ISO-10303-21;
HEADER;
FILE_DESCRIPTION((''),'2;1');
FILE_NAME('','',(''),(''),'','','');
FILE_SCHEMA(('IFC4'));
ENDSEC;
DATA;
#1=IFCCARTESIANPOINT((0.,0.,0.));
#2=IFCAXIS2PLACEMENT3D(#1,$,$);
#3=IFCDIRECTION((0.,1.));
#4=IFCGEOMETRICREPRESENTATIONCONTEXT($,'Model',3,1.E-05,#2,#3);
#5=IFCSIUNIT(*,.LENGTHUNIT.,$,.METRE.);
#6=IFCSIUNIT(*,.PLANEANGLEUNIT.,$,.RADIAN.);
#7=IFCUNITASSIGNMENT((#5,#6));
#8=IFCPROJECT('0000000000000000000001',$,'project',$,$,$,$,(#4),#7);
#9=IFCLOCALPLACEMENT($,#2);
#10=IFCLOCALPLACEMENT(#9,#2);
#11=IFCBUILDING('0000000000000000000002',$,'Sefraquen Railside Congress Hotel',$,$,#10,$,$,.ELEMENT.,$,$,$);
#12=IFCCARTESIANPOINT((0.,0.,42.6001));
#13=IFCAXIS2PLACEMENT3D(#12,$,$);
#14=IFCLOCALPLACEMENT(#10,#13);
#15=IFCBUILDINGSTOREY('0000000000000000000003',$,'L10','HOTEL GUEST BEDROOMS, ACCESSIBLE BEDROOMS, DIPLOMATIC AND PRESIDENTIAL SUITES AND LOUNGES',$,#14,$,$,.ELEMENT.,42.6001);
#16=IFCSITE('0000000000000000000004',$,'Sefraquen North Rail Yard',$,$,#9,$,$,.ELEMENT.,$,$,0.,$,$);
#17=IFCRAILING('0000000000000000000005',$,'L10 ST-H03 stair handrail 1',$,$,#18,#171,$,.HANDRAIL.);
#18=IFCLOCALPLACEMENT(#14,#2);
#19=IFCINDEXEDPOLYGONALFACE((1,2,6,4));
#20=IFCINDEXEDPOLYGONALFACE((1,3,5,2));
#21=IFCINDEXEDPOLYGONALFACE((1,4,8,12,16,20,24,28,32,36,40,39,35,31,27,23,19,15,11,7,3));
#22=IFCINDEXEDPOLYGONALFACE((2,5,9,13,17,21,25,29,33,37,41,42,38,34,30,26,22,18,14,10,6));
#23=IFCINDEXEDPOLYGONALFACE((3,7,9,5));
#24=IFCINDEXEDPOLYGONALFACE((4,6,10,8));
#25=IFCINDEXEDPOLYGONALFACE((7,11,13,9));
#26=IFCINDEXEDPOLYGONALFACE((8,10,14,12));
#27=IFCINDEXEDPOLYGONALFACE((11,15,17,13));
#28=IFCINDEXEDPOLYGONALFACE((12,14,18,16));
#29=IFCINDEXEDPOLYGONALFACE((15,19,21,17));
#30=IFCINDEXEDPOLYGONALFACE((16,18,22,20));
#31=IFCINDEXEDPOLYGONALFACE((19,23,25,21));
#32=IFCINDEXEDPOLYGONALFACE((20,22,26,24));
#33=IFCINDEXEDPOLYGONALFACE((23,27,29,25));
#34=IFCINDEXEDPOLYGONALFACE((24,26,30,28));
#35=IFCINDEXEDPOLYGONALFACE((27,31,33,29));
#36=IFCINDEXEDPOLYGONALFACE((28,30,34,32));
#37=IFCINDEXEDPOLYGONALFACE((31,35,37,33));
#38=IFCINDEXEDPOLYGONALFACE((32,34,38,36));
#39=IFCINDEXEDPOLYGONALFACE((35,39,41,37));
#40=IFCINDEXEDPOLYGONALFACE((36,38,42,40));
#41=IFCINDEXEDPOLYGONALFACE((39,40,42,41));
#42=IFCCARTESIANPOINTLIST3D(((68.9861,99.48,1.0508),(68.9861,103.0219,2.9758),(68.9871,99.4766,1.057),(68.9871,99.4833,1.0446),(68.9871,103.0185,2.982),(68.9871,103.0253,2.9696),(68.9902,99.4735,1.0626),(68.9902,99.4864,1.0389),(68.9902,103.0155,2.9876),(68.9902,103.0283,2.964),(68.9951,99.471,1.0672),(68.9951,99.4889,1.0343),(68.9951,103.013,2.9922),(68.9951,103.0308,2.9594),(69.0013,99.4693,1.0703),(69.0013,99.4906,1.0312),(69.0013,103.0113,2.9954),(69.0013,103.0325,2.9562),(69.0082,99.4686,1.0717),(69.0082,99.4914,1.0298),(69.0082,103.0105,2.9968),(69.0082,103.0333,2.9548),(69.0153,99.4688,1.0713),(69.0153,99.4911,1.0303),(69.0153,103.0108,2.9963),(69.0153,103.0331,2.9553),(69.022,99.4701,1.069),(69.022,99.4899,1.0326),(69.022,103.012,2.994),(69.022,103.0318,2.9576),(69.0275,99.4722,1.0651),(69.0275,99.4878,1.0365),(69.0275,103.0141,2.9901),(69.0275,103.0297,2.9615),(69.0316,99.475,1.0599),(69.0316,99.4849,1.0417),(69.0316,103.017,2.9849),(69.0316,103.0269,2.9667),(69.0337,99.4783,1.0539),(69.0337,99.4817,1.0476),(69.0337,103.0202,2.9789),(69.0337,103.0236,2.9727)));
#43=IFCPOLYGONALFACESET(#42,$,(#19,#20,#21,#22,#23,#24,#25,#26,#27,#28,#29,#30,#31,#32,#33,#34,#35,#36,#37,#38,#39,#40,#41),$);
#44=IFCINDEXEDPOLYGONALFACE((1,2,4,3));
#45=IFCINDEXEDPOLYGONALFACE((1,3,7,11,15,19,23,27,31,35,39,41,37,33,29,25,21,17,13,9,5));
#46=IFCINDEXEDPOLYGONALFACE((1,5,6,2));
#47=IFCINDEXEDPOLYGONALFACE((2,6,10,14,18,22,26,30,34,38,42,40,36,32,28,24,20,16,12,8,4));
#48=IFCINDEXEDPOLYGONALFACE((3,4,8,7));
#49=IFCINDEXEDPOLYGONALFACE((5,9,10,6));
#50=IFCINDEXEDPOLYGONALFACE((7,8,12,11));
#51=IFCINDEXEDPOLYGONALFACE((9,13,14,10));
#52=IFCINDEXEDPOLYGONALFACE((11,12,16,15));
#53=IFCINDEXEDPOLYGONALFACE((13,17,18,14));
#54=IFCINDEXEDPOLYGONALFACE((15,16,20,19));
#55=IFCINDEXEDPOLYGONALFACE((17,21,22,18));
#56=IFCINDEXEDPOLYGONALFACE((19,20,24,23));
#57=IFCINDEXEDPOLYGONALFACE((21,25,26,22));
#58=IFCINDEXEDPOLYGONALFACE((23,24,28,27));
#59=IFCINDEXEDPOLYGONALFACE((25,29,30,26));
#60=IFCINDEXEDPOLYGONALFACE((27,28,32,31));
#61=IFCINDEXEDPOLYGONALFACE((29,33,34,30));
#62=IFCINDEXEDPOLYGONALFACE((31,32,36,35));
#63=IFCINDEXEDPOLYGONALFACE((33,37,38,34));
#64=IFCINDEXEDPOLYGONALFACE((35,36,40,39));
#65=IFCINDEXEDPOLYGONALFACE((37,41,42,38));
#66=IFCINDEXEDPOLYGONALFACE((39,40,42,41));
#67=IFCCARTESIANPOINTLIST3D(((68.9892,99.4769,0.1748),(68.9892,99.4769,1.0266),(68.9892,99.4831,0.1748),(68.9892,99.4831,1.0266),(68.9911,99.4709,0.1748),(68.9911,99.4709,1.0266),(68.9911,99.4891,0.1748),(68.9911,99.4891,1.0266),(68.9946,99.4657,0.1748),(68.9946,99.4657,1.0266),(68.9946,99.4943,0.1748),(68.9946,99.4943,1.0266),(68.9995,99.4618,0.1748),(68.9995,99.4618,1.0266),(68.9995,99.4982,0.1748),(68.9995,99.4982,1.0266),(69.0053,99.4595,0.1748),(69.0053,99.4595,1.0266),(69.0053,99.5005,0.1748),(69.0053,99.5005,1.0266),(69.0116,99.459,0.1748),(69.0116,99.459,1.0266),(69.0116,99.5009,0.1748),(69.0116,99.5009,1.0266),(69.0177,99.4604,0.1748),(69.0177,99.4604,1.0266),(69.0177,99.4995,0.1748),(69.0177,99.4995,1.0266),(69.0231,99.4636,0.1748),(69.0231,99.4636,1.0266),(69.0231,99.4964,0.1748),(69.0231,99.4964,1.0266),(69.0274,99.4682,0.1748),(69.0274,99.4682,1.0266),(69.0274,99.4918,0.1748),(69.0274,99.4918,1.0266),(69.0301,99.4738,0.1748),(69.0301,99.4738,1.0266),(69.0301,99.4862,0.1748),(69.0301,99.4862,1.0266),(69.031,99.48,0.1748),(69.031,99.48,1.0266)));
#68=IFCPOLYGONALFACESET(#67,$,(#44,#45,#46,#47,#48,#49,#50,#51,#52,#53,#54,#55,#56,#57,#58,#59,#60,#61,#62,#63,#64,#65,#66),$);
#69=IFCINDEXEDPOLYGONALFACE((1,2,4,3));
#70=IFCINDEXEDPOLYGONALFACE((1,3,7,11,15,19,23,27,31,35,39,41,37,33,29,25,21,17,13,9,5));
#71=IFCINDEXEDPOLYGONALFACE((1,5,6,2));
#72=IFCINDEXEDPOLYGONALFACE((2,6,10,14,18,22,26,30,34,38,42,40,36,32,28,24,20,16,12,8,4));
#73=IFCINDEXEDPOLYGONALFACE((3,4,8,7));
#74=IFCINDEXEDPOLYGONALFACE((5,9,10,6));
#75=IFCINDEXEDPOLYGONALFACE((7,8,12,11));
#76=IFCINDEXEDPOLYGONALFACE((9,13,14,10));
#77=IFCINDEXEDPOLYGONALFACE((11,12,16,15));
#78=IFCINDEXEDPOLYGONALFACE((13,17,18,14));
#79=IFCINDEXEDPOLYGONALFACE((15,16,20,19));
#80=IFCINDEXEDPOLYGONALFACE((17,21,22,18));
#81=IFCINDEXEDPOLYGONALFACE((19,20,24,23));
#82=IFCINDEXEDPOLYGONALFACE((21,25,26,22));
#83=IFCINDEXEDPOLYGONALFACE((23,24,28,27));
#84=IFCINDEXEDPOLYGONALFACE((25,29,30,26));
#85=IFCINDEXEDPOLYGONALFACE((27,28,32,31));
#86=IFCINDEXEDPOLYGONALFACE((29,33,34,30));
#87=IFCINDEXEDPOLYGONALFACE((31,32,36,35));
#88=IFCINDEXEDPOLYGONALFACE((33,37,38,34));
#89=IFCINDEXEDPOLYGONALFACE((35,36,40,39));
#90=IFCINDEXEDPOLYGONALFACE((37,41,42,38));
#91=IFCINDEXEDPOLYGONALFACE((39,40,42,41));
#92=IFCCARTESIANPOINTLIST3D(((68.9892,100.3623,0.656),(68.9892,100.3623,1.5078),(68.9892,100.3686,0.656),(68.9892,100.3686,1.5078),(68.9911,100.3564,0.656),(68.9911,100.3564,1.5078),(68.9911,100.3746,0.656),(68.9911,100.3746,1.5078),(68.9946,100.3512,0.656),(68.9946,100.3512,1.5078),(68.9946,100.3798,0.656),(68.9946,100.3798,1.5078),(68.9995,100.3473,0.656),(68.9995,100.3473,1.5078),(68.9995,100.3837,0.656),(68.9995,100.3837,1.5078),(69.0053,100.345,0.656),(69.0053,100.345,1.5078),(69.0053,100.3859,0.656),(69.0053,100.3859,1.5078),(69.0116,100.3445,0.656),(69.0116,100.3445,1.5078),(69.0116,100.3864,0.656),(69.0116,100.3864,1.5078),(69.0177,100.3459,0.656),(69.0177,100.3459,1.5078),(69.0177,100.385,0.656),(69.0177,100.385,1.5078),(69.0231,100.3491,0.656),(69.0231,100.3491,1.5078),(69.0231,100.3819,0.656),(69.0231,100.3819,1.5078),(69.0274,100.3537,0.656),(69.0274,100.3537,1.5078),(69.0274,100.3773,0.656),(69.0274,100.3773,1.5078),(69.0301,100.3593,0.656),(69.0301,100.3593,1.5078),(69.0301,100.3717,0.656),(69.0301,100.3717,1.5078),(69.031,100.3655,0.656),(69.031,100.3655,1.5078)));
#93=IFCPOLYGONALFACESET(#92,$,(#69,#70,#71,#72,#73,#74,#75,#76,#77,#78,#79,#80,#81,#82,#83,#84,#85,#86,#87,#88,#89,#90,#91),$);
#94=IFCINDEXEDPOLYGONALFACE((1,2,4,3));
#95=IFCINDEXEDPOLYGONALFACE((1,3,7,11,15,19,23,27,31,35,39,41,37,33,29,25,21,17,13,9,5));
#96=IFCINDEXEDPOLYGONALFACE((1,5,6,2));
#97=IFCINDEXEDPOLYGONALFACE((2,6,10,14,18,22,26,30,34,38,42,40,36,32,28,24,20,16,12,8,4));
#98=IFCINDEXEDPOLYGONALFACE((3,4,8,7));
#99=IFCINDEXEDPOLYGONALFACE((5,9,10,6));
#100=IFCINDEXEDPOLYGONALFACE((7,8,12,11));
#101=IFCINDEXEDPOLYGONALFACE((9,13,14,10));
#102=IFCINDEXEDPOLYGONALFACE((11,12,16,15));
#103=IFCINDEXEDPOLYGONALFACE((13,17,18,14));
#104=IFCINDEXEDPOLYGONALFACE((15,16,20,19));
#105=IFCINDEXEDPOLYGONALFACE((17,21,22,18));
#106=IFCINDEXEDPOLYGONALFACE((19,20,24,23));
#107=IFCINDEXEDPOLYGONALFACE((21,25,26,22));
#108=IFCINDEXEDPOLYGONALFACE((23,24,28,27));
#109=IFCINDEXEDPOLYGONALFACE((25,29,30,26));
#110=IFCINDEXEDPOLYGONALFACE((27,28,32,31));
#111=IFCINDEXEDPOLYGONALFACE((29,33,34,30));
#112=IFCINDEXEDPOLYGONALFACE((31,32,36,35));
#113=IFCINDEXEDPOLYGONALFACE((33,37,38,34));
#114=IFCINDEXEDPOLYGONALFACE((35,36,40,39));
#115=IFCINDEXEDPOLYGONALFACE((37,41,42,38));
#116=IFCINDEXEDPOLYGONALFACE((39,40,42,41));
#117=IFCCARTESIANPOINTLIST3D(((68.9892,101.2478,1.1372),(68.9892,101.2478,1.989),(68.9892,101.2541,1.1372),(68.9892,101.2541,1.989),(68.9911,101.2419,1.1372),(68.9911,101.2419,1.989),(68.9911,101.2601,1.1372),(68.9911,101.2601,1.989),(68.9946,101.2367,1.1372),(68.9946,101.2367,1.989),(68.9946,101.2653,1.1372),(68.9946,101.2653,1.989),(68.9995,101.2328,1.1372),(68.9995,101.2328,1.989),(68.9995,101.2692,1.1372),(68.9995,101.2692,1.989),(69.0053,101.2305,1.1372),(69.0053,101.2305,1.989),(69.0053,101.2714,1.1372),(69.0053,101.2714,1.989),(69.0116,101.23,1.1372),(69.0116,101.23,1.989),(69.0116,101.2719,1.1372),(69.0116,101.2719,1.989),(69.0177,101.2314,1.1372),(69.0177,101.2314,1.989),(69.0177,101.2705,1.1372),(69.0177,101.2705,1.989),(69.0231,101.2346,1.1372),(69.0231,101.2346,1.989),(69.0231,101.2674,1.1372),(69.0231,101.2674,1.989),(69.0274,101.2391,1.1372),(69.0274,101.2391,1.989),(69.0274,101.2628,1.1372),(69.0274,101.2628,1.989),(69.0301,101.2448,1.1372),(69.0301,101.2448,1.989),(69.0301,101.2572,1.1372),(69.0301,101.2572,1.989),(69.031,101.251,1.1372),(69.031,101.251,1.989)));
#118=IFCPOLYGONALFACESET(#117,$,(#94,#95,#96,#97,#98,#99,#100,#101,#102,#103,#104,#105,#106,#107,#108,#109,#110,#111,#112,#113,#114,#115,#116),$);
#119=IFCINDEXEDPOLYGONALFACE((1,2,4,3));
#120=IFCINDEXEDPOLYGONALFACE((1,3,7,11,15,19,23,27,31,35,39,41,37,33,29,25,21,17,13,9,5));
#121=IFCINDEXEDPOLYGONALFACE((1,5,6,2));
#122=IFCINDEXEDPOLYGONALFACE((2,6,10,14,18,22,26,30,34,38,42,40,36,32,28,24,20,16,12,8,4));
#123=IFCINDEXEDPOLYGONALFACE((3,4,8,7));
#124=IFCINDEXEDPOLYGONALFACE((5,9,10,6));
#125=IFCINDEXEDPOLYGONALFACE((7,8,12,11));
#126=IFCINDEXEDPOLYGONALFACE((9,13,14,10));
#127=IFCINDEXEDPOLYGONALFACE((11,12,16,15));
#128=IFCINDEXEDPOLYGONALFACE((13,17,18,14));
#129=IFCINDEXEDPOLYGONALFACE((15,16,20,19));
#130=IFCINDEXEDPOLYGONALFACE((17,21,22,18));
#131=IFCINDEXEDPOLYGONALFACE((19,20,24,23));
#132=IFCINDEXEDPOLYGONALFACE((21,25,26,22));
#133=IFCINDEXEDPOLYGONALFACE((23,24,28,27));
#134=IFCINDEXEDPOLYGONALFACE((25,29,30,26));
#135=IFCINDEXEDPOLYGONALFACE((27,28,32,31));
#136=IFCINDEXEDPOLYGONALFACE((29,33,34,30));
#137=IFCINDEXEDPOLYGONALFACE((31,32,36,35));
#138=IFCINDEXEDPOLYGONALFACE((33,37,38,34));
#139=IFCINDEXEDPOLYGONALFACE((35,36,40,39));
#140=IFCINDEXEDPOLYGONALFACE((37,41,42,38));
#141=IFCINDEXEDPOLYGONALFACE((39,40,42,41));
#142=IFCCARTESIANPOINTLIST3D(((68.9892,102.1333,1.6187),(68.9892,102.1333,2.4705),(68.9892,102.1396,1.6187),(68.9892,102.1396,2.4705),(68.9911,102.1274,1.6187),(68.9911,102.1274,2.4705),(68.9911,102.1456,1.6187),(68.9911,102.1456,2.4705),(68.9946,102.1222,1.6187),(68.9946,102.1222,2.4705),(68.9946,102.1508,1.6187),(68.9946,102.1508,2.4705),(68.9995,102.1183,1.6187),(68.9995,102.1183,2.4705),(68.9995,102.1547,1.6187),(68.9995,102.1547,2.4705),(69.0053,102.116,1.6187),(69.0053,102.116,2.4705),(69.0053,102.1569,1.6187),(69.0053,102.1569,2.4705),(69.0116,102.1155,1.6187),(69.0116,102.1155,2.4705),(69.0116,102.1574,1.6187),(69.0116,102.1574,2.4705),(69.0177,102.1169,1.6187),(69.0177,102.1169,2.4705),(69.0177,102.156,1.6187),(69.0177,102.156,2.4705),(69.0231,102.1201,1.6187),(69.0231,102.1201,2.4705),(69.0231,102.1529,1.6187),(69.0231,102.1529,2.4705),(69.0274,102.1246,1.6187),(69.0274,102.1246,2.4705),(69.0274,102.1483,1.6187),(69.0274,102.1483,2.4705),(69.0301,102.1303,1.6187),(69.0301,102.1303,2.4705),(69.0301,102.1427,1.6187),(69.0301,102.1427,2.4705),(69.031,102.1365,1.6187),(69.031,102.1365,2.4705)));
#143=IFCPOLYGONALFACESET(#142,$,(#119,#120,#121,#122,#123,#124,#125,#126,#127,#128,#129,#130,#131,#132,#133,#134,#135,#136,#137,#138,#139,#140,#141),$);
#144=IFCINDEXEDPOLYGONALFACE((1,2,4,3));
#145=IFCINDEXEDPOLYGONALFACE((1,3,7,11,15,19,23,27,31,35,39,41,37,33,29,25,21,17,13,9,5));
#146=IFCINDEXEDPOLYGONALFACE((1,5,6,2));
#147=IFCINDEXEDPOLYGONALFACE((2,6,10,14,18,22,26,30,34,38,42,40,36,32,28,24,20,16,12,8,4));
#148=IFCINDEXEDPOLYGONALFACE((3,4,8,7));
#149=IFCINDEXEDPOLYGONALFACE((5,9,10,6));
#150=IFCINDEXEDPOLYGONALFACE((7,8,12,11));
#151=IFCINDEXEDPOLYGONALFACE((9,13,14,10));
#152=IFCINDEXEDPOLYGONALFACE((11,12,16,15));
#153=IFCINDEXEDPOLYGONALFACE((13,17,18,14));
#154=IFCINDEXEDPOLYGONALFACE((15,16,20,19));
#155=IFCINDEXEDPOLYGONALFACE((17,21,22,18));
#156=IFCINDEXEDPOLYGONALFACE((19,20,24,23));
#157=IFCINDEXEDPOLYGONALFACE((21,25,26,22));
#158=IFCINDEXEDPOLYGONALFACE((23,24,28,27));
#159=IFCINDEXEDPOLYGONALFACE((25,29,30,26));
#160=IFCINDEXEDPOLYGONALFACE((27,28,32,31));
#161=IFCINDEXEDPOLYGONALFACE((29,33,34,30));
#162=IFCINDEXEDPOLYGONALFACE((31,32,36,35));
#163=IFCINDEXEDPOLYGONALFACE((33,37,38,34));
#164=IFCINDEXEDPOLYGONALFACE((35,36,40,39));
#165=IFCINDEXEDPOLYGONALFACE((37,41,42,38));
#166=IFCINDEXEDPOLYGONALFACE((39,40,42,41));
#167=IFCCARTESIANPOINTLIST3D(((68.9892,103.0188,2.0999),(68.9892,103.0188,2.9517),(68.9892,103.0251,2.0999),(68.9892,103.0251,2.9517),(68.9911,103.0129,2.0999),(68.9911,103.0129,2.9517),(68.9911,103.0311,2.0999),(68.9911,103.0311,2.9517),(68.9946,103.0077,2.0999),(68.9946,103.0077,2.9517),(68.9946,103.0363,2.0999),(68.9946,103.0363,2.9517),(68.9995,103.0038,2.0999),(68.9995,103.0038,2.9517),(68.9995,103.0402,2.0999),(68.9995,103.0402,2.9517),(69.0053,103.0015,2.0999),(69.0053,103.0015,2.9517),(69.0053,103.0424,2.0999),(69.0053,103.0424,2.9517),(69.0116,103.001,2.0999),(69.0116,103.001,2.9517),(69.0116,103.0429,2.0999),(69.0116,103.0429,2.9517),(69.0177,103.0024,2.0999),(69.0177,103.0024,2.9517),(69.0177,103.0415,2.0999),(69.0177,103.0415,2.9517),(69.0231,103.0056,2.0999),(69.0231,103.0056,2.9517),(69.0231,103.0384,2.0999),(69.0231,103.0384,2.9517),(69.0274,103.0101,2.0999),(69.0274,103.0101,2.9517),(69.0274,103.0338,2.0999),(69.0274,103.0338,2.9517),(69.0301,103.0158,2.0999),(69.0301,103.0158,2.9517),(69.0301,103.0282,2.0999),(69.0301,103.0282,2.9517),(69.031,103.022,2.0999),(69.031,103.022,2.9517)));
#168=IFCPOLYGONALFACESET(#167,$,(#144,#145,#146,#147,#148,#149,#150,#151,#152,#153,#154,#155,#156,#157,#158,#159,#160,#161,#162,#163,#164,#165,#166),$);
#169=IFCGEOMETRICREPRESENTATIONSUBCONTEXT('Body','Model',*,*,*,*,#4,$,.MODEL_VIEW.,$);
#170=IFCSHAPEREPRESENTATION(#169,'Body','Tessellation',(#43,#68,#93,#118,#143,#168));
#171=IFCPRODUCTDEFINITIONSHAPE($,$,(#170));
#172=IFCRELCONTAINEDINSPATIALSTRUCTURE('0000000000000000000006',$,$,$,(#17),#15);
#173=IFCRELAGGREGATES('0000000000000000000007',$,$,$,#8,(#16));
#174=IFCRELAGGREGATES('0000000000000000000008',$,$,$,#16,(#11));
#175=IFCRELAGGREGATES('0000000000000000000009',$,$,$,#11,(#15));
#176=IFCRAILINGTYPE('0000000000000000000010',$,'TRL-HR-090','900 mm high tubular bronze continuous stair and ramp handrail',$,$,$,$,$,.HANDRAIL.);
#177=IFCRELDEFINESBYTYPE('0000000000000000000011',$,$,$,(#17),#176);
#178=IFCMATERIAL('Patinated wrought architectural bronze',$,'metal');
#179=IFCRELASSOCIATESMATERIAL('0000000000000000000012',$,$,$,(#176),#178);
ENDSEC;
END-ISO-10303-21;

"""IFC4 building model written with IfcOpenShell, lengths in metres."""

from ifc_helpers import new_model, si_unit, direction, frame, origin, origin_2d, place, context, subcontext, project, spatial, circle, extrude, material, type_object, element, save


model = new_model("IFC4")

# Units and contexts
model_context = context("Model", 3, precision=1e-05, world=origin(), true_north=direction((0.0, 1.0)))
body_context = subcontext(model_context, "Body", "Model", "MODEL_VIEW")
ifc_project = project(units=[si_unit("LENGTHUNIT", "METRE"), si_unit("PLANEANGLEUNIT", "RADIAN")], contexts=[model_context])

# Site, building, storey
site_placement = place(None, origin())
site = spatial("IfcSite", under=ifc_project, at=site_placement, Name="Sefraquen North Rail Yard", CompositionType="ELEMENT", RefElevation=0.0)
building_placement = place(site_placement, origin())
building = spatial("IfcBuilding", under=site, at=building_placement, Name="Sefraquen Railside Congress Hotel", CompositionType="ELEMENT")
storey_placement = place(building_placement, frame((0.0, 0.0, 42.6001)))
storey = spatial("IfcBuildingStorey", under=building, at=storey_placement, Name="L10", Description="HOTEL GUEST BEDROOMS, ACCESSIBLE BEDROOMS, DIPLOMATIC AND PRESIDENTIAL SUITES AND LOUNGES", CompositionType="ELEMENT", Elevation=42.6001)

# Railing
ifc_material_1 = material(Name="Patinated wrought architectural bronze", Category="metal")
railing_type_1 = type_object("IfcRailingType", Name="TRL-HR-090", Description="900 mm high tubular bronze continuous stair and ramp handrail", PredefinedType="HANDRAIL", material=ifc_material_1)
railing_1_placement = place(storey_placement, frame((69.01, 99.48, 0.1748)))
element("IfcRailing", 1, at=railing_1_placement, inside=storey, type_object=railing_type_1, Name="L10 ST-H03 stair handrail 1", PredefinedType="HANDRAIL", context=body_context, shape_type="SweptSolid", body=[
    extrude(circle(Radius=0.0239, at=origin_2d()), frame((0.0, 0.0, 0.876), z_axis=(0.0, 0.878619, 0.477523), x_axis=(-1.0, 0.0, 0.0)), (0.0, 0.0, 1.0), 4.0312),
    extrude(circle(Radius=0.021, at=origin_2d()), origin(), (0.0, 0.0, 1.0), 0.8518),
    extrude(circle(Radius=0.021, at=origin_2d()), frame((0.0, 0.8855, 0.4812)), (0.0, 0.0, 1.0), 0.8518),
    extrude(circle(Radius=0.021, at=origin_2d()), frame((0.0, 1.771, 0.9624)), (0.0, 0.0, 1.0), 0.8518),
    extrude(circle(Radius=0.021, at=origin_2d()), frame((0.0, 2.6565, 1.4438)), (0.0, 0.0, 1.0), 0.8518),
    extrude(circle(Radius=0.021, at=origin_2d()), frame((0.0, 3.542, 1.925)), (0.0, 0.0, 1.0), 0.8518),
])

save(model, "model.ifc")
